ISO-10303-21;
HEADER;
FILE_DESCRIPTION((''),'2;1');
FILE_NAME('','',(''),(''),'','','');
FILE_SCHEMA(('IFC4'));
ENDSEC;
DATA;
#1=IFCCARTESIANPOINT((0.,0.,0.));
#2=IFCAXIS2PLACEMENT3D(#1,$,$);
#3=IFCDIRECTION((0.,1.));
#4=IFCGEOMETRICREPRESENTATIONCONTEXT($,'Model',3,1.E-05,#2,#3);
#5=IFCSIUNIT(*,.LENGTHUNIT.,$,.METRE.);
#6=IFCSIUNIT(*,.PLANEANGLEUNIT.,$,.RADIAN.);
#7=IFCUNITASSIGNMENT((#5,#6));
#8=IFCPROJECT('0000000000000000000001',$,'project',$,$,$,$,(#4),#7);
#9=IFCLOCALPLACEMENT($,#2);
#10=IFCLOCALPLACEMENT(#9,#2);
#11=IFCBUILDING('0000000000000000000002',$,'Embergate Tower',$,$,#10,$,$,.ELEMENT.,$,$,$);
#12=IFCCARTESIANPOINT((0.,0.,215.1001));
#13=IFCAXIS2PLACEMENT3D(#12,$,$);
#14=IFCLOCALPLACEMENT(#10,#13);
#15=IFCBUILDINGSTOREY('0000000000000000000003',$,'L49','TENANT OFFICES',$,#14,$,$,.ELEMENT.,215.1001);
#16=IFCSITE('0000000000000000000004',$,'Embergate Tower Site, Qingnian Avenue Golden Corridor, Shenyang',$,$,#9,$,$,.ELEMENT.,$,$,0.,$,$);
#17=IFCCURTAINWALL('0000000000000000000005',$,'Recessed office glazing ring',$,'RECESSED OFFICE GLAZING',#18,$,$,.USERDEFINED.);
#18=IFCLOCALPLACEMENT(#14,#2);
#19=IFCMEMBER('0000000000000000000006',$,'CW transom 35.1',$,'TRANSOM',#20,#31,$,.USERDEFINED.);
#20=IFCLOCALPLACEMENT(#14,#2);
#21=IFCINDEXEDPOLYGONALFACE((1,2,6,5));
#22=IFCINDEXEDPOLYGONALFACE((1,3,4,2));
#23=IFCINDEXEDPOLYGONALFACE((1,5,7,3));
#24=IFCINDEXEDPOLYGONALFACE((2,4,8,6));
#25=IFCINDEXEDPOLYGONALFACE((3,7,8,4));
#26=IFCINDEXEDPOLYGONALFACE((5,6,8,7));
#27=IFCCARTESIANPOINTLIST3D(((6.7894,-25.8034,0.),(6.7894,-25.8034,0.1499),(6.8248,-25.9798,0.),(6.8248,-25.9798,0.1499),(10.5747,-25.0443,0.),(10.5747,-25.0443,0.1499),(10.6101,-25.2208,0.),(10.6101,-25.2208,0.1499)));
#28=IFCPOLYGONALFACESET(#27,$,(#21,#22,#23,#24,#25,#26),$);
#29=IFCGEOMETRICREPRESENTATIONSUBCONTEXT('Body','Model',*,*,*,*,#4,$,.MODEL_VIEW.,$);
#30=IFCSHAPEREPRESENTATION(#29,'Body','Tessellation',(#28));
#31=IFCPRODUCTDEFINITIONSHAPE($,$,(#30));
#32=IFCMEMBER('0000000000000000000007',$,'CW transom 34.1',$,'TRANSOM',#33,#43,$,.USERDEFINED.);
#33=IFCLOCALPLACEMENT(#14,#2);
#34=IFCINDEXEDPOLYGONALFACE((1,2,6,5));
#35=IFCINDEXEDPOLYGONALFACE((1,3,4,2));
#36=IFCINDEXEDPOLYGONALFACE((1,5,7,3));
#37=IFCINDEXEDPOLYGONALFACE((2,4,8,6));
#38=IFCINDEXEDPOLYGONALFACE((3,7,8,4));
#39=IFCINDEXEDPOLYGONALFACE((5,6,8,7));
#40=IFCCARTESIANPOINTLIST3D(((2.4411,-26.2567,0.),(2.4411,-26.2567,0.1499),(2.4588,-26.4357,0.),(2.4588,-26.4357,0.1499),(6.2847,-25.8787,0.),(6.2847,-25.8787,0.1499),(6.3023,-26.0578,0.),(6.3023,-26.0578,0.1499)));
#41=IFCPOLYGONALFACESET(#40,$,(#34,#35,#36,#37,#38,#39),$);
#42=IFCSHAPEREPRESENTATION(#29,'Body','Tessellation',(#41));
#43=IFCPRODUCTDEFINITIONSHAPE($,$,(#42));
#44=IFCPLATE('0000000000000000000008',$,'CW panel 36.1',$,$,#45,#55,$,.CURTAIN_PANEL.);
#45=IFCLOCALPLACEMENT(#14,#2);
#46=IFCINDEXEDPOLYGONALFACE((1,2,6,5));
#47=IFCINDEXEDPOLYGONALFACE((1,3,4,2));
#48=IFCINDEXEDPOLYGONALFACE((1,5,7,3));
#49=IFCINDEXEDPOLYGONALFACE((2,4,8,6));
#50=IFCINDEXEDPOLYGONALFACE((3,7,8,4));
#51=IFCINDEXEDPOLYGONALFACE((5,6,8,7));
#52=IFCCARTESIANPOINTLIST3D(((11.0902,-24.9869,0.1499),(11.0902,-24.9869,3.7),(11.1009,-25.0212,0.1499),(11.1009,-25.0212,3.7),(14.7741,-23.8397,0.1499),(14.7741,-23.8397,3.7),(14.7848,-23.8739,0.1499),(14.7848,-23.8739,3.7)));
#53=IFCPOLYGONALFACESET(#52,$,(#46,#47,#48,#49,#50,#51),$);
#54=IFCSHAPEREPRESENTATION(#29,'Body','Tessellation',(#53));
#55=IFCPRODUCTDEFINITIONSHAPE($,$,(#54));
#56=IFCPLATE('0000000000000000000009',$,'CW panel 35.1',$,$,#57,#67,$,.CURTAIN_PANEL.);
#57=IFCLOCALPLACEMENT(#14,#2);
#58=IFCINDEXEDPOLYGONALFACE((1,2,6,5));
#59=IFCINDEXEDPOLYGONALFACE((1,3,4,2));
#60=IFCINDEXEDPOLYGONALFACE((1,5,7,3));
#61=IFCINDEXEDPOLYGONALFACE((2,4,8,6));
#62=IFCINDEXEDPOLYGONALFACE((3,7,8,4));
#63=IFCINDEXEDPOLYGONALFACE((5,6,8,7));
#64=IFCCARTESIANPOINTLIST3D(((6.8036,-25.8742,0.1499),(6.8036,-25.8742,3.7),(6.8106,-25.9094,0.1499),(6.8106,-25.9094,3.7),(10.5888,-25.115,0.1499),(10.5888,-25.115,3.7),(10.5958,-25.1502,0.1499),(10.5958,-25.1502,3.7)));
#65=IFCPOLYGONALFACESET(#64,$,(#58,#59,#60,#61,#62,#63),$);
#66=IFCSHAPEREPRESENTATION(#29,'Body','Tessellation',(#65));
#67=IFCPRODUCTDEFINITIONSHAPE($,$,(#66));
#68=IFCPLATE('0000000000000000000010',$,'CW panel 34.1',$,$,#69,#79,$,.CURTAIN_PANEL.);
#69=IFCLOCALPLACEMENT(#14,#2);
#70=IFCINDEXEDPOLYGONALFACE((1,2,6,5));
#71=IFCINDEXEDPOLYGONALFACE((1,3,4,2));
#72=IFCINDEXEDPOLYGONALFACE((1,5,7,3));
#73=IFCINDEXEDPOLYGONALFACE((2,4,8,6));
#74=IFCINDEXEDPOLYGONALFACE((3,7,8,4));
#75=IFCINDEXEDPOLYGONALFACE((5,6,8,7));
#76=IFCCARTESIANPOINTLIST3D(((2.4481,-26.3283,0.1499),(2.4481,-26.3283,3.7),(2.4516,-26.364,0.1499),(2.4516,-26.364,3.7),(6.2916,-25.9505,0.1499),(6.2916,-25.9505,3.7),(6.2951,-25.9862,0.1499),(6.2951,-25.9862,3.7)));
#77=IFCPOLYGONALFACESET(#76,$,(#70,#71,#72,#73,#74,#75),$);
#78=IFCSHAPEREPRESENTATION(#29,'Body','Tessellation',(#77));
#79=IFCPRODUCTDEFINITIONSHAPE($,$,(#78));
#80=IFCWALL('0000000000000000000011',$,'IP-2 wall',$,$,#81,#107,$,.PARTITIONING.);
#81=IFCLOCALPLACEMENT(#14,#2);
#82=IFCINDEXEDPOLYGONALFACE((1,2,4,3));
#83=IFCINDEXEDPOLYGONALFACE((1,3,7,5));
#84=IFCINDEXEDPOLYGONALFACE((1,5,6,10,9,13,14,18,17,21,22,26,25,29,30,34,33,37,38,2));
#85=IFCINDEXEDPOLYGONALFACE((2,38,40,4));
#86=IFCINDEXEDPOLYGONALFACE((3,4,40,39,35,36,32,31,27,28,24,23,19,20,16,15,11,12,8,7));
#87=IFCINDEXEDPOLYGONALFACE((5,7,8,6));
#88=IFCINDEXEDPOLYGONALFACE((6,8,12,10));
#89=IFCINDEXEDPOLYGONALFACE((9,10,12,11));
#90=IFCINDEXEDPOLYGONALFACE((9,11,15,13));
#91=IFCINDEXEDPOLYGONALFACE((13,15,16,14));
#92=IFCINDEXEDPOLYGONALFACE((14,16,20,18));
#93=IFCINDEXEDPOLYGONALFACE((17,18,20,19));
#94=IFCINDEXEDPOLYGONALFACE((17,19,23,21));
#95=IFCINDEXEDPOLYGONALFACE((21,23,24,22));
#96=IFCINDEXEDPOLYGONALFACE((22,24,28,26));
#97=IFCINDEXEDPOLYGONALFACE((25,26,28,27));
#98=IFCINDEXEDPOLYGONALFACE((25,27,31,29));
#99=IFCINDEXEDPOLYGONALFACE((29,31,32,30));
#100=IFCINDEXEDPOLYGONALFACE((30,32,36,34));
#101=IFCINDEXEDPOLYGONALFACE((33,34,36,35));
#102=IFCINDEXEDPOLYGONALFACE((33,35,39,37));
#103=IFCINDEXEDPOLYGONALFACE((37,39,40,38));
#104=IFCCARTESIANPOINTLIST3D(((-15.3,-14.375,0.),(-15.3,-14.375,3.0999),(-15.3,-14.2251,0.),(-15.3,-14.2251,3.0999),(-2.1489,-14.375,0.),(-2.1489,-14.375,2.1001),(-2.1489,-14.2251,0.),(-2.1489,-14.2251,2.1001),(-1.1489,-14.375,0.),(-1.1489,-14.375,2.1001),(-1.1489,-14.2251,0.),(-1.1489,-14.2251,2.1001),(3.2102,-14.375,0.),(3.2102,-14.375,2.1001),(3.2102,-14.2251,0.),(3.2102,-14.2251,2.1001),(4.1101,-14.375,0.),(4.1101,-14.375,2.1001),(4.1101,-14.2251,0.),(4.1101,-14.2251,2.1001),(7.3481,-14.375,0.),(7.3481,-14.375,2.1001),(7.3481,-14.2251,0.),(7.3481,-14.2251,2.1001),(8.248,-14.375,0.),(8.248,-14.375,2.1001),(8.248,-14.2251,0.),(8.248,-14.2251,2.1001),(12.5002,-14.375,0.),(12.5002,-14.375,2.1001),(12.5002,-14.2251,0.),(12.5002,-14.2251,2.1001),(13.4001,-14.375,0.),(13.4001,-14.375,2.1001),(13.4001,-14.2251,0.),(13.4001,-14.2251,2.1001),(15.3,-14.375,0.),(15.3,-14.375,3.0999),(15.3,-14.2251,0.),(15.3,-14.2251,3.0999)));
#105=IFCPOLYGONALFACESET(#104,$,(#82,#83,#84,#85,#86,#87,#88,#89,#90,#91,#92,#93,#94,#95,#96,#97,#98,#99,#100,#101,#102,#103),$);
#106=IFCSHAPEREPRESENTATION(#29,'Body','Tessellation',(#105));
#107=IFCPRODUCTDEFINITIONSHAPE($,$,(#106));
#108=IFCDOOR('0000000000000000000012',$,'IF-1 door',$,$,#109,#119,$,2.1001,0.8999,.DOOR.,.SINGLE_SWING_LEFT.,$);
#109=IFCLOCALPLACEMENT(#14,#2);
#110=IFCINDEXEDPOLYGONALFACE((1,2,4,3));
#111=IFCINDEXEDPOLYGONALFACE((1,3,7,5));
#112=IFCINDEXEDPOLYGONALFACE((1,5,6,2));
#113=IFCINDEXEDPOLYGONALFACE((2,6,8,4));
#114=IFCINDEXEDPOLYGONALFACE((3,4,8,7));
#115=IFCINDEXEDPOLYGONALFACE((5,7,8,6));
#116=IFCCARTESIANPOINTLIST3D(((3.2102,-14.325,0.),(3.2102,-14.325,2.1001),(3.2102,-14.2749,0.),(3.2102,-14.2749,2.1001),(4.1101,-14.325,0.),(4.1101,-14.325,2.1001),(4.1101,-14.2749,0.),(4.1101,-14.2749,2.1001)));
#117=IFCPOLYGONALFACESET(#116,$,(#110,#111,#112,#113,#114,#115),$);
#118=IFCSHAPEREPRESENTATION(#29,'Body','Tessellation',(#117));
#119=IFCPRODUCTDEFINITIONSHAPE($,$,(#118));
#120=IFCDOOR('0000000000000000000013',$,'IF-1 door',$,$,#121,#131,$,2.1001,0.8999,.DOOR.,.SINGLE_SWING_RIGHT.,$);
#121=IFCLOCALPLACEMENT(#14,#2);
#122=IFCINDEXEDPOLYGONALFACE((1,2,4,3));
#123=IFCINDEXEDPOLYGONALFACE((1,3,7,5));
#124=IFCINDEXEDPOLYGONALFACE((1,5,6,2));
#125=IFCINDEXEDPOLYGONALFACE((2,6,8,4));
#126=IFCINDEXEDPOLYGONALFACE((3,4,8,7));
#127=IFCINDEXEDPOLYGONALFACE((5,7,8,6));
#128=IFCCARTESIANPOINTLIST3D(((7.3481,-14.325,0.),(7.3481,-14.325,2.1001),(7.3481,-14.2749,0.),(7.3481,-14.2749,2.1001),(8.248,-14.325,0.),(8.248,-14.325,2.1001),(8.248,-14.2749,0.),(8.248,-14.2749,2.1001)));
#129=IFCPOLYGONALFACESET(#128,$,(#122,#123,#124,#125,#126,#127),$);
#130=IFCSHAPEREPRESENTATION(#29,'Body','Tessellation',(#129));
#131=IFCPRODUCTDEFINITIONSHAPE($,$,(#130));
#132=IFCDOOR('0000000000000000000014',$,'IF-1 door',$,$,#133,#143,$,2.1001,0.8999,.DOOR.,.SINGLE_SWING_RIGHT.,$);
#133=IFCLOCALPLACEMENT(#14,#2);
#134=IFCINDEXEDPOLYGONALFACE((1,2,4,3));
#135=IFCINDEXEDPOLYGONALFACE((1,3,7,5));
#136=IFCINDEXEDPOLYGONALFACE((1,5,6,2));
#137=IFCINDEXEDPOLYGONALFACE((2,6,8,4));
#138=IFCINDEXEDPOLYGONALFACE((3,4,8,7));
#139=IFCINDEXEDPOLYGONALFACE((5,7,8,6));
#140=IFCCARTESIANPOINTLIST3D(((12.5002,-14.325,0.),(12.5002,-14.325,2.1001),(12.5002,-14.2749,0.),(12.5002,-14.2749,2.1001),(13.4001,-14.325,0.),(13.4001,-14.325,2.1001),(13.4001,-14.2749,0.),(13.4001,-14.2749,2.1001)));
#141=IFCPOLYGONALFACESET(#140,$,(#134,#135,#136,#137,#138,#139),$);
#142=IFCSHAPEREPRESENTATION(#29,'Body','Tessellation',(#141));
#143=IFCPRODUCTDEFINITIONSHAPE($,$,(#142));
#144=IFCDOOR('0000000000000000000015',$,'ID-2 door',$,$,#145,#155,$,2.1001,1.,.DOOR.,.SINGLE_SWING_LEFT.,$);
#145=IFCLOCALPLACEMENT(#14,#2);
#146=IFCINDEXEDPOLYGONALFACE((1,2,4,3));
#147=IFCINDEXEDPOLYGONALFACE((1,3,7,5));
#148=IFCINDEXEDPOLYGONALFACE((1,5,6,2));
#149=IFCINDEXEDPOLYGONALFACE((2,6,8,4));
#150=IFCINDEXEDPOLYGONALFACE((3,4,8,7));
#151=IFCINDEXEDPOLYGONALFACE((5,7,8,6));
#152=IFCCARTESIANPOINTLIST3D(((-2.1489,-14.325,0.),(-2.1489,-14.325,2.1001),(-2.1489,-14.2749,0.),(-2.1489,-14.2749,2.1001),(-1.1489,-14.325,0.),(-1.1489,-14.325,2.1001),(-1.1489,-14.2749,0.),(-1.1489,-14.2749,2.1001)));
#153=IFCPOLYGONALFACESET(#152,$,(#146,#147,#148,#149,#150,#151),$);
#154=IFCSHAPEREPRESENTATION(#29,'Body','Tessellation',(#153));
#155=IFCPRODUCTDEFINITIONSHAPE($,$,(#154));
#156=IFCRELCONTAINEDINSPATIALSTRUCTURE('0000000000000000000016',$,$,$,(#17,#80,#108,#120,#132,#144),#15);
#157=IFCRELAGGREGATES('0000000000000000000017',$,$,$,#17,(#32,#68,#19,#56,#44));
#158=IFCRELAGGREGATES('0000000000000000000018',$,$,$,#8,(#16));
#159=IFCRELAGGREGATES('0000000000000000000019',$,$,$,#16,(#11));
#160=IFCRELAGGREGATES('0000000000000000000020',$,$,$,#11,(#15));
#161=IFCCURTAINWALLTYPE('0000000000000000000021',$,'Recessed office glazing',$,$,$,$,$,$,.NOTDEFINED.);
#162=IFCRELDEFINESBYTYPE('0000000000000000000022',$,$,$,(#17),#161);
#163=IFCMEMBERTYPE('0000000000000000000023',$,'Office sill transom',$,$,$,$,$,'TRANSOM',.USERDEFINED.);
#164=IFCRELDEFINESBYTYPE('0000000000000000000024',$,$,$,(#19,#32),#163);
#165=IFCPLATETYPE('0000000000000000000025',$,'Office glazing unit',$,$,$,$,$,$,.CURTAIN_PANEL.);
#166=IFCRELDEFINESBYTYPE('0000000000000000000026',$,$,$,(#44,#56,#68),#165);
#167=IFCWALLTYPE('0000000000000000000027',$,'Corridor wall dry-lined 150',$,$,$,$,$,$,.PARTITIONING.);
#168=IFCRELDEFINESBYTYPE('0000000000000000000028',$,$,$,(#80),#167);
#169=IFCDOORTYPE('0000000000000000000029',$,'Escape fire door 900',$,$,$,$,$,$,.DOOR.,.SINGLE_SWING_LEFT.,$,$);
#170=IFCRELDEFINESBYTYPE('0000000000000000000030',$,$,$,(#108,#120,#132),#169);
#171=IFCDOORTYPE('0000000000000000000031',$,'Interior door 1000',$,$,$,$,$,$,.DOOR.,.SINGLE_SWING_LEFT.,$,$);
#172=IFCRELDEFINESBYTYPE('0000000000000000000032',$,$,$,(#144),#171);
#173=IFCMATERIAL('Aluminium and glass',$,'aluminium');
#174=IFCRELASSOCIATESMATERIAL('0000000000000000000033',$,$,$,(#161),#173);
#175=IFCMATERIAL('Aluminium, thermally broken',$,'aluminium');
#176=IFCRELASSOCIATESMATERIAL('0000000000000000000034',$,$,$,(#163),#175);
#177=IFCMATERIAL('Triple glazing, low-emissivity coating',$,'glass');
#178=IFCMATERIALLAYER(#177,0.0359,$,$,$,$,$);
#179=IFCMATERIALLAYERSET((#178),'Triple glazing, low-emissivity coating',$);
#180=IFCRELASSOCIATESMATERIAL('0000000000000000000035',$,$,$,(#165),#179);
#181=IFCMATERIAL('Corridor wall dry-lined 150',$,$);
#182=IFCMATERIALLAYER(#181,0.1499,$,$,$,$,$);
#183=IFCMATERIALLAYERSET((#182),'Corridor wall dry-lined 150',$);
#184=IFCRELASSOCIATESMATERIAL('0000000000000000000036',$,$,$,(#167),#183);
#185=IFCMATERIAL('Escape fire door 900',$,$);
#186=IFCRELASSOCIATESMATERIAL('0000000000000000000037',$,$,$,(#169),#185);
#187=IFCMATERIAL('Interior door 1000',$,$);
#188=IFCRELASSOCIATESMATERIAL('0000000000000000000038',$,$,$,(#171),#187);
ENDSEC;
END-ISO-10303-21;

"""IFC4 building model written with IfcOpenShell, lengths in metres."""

from ifc_helpers import new_model, si_unit, direction, frame, frame_2d, origin, origin_2d, place, context, subcontext, project, spatial, rectangle, extrude, source, transform, mapped, material, layer, layer_set, material_profile, profile_set, type_object, element, fill, aggregate, save


model = new_model("IFC4")

# Units and contexts
model_context = context("Model", 3, precision=1e-05, world=origin(), true_north=direction((0.0, 1.0)))
body_context = subcontext(model_context, "Body", "Model", "MODEL_VIEW")
ifc_project = project(units=[si_unit("LENGTHUNIT", "METRE"), si_unit("PLANEANGLEUNIT", "RADIAN")], contexts=[model_context])

# Site, building, storey
site_placement = place(None, origin())
site = spatial("IfcSite", under=ifc_project, at=site_placement, Name="Embergate Tower Site, Qingnian Avenue Golden Corridor, Shenyang", CompositionType="ELEMENT", RefElevation=0.0)
building_placement = place(site_placement, origin())
building = spatial("IfcBuilding", under=site, at=building_placement, Name="Embergate Tower", CompositionType="ELEMENT")
storey_placement = place(building_placement, frame((0.0, 0.0, 215.1001)))
storey = spatial("IfcBuildingStorey", under=building, at=storey_placement, Name="L49", Description="TENANT OFFICES", CompositionType="ELEMENT", Elevation=215.1001)

# Curtain wall, members, plates
ifc_material_1 = material(Name="Aluminium and glass", Category="aluminium")
curtain_wall_type = type_object("IfcCurtainWallType", Name="Recessed office glazing", PredefinedType="NOTDEFINED", material=ifc_material_1)
curtain_wall_placement = place(storey_placement, origin())
curtain_wall = element("IfcCurtainWall", 1, at=curtain_wall_placement, inside=storey, type_object=curtain_wall_type, Name="Recessed office glazing ring", ObjectType="RECESSED OFFICE GLAZING", PredefinedType="USERDEFINED")
ifc_material_2 = material(Name="Aluminium, thermally broken", Category="aluminium")
ifc_material_profile_1 = material_profile(ifc_material_2, rectangle(XDim=0.1799, YDim=0.1499, at=origin_2d()), Name="AL 150x180")
ifc_profile_set_1 = profile_set([ifc_material_profile_1], Name="Aluminium, thermally broken")
member_type_1 = type_object("IfcMemberType", Name="Office sill transom", ElementType="TRANSOM", PredefinedType="USERDEFINED", material=ifc_profile_set_1)
shared_shape_1 = source(origin(), body_context, "Body", "SweptSolid", [
    extrude(rectangle(XDim=0.1799, YDim=0.1499, at=origin_2d()), origin(), (0.0, 0.0, 1.0), 3.8606),
])
member_1_placement = place(storey_placement, frame((6.8071, -25.8916, 0.075), z_axis=(0.980481, 0.196615, 0.0), x_axis=(-0.196615, 0.980481, 0.0)))
member_1 = element("IfcMember", 2, at=member_1_placement, type_object=member_type_1, Name="CW transom 35.1", ObjectType="TRANSOM", PredefinedType="USERDEFINED", context=body_context, shape_type="MappedRepresentation", body=[
    mapped(shared_shape_1, transform((0.0, 0.0, 0.0))),
])
shared_shape_2 = source(origin(), body_context, "Body", "SweptSolid", [
    extrude(rectangle(XDim=0.1799, YDim=0.1499, at=origin_2d()), origin(), (0.0, 0.0, 1.0), 3.8621),
])
member_2_placement = place(storey_placement, frame((2.45, -26.3462, 0.075), z_axis=(0.9952, 0.097857, 0.0), x_axis=(-0.097857, 0.9952, 0.0)))
member_2 = element("IfcMember", 3, at=member_2_placement, type_object=member_type_1, Name="CW transom 34.1", ObjectType="TRANSOM", PredefinedType="USERDEFINED", context=body_context, shape_type="MappedRepresentation", body=[
    mapped(shared_shape_2, transform((0.0, 0.0, 0.0))),
])
ifc_material_3 = material(Name="Triple glazing, low-emissivity coating", Category="glass")
ifc_layer_1 = layer(ifc_material_3, 0.0359)
ifc_layer_set_1 = layer_set([ifc_layer_1], Name="Triple glazing, low-emissivity coating")
plate_type = type_object("IfcPlateType", Name="Office glazing unit", PredefinedType="CURTAIN_PANEL", material=ifc_layer_set_1)
shared_shape_3 = source(origin(), body_context, "Body", "SweptSolid", [
    extrude(rectangle(XDim=3.8584, YDim=0.0359, at=origin_2d()), origin(), (0.0, 0.0, 1.0), 3.55),
])
plate_1_placement = place(storey_placement, frame((12.9375, -24.4304, 0.1499), z_axis=(0.0, 0.0, 1.0), x_axis=(0.954771, 0.297343, 0.0)))
plate_1 = element("IfcPlate", 4, at=plate_1_placement, type_object=plate_type, Name="CW panel 36.1", PredefinedType="CURTAIN_PANEL", context=body_context, shape_type="MappedRepresentation", body=[
    mapped(shared_shape_3, transform((0.0, 0.0, 0.0))),
])
shared_shape_4 = source(origin(), body_context, "Body", "SweptSolid", [
    extrude(rectangle(XDim=3.8606, YDim=0.0359, at=origin_2d()), origin(), (0.0, 0.0, 1.0), 3.55),
])
plate_2_placement = place(storey_placement, frame((8.6997, -25.5122, 0.1499), z_axis=(0.0, 0.0, 1.0), x_axis=(0.980475, 0.196643, 0.0)))
plate_2 = element("IfcPlate", 5, at=plate_2_placement, type_object=plate_type, Name="CW panel 35.1", PredefinedType="CURTAIN_PANEL", context=body_context, shape_type="MappedRepresentation", body=[
    mapped(shared_shape_4, transform((0.0, 0.0, 0.0))),
])
shared_shape_5 = source(origin(), body_context, "Body", "SweptSolid", [
    extrude(rectangle(XDim=3.8621, YDim=0.0359, at=origin_2d()), origin(), (0.0, 0.0, 1.0), 3.55),
])
plate_3_placement = place(storey_placement, frame((4.3716, -26.1572, 0.1499), z_axis=(0.0, 0.0, 1.0), x_axis=(0.995203, 0.097831, 0.0)))
plate_3 = element("IfcPlate", 6, at=plate_3_placement, type_object=plate_type, Name="CW panel 34.1", PredefinedType="CURTAIN_PANEL", context=body_context, shape_type="MappedRepresentation", body=[
    mapped(shared_shape_5, transform((0.0, 0.0, 0.0))),
])
aggregate(curtain_wall, [member_2, plate_3, member_1, plate_2, plate_1])

# Wall, openings, doors
ifc_material_4 = material(Name="Corridor wall dry-lined 150")
ifc_layer_2 = layer(ifc_material_4, 0.1499)
ifc_layer_set_2 = layer_set([ifc_layer_2], Name="Corridor wall dry-lined 150")
wall_type_1 = type_object("IfcWallType", Name="Corridor wall dry-lined 150", PredefinedType="PARTITIONING", material=ifc_layer_set_2)
shared_shape_6 = source(origin(), body_context, "Body", "SweptSolid", [
    extrude(rectangle(XDim=30.6001, YDim=0.1499, at=frame_2d((15.3, 0.0))), origin(), (0.0, 0.0, 1.0), 3.0999),
])
wall_1_placement = place(storey_placement, frame((15.3, -14.3, 0.0), z_axis=(0.0, 0.0, 1.0), x_axis=(-1.0, 0.0, 0.0)))
wall_1 = element("IfcWall", 7, at=wall_1_placement, inside=storey, type_object=wall_type_1, Name="IP-2 wall", PredefinedType="PARTITIONING", context=body_context, shape_type="MappedRepresentation", body=[
    mapped(shared_shape_6, transform((0.0, 0.0, 0.0))),
])
shared_shape_7 = source(origin(), body_context, "Body", "SweptSolid", [
    extrude(rectangle(XDim=1.0, YDim=2.1001, at=frame_2d((0.5, 1.05))), frame((0.0, 0.085, 0.0), z_axis=(0.0, -1.0, 0.0), x_axis=(1.0, 0.0, 0.0)), (0.0, 0.0, 1.0), 0.1699),
])
opening_1_placement = place(wall_1_placement, frame((16.449, 0.0, 0.0)))
opening_1 = element("IfcOpeningElement", 8, at=opening_1_placement, cuts=wall_1, PredefinedType="OPENING", context=body_context, shape_type="MappedRepresentation", body=[
    mapped(shared_shape_7, transform((0.0, 0.0, 0.0))),
])
shared_shape_8 = source(origin(), body_context, "Body", "SweptSolid", [
    extrude(rectangle(XDim=0.8999, YDim=2.1001, at=frame_2d((0.45, 1.05))), frame((0.0, 0.085, 0.0), z_axis=(0.0, -1.0, 0.0), x_axis=(1.0, 0.0, 0.0)), (0.0, 0.0, 1.0), 0.1699),
])
opening_2_placement = place(wall_1_placement, frame((11.1899, 0.0, 0.0)))
opening_2 = element("IfcOpeningElement", 9, at=opening_2_placement, cuts=wall_1, PredefinedType="OPENING", context=body_context, shape_type="MappedRepresentation", body=[
    mapped(shared_shape_8, transform((0.0, 0.0, 0.0))),
])
opening_3_placement = place(wall_1_placement, frame((7.052, 0.0, 0.0)))
opening_3 = element("IfcOpeningElement", 10, at=opening_3_placement, cuts=wall_1, PredefinedType="OPENING", context=body_context, shape_type="MappedRepresentation", body=[
    mapped(shared_shape_8, transform((0.0, 0.0, 0.0))),
])
opening_4_placement = place(wall_1_placement, frame((1.8999, 0.0, 0.0)))
opening_4 = element("IfcOpeningElement", 11, at=opening_4_placement, cuts=wall_1, PredefinedType="OPENING", context=body_context, shape_type="MappedRepresentation", body=[
    mapped(shared_shape_8, transform((0.0, 0.0, 0.0))),
])
ifc_material_5 = material(Name="Escape fire door 900")
door_type_1 = type_object("IfcDoorType", Name="Escape fire door 900", OperationType="SINGLE_SWING_LEFT", PredefinedType="DOOR", material=ifc_material_5)
shared_shape_9 = source(origin(), body_context, "Body", "SweptSolid", [
    extrude(rectangle(XDim=0.8999, YDim=2.1001, at=frame_2d((0.45, 1.05))), frame((0.0, 0.0249, 0.0), z_axis=(0.0, -1.0, 0.0), x_axis=(1.0, 0.0, 0.0)), (0.0, 0.0, 1.0), 0.05),
])
door_1_placement = place(opening_2_placement, origin())
door_1 = element("IfcDoor", 12, at=door_1_placement, inside=storey, type_object=door_type_1, Name="IF-1 door", OperationType="SINGLE_SWING_LEFT", OverallHeight=2.1001, OverallWidth=0.8999, PredefinedType="DOOR", context=body_context, shape_type="MappedRepresentation", body=[
    mapped(shared_shape_9, transform((0.0, 0.0, 0.0))),
])
fill(opening_2, door_1)
door_2_placement = place(opening_3_placement, origin())
door_2 = element("IfcDoor", 13, at=door_2_placement, inside=storey, type_object=door_type_1, Name="IF-1 door", OperationType="SINGLE_SWING_RIGHT", OverallHeight=2.1001, OverallWidth=0.8999, PredefinedType="DOOR", context=body_context, shape_type="MappedRepresentation", body=[
    mapped(shared_shape_9, transform((0.0, 0.0, 0.0))),
])
fill(opening_3, door_2)
door_3_placement = place(opening_4_placement, origin())
door_3 = element("IfcDoor", 14, at=door_3_placement, inside=storey, type_object=door_type_1, Name="IF-1 door", OperationType="SINGLE_SWING_RIGHT", OverallHeight=2.1001, OverallWidth=0.8999, PredefinedType="DOOR", context=body_context, shape_type="MappedRepresentation", body=[
    mapped(shared_shape_9, transform((0.0, 0.0, 0.0))),
])
fill(opening_4, door_3)
ifc_material_6 = material(Name="Interior door 1000")
door_type_2 = type_object("IfcDoorType", Name="Interior door 1000", OperationType="SINGLE_SWING_LEFT", PredefinedType="DOOR", material=ifc_material_6)
shared_shape_10 = source(origin(), body_context, "Body", "SweptSolid", [
    extrude(rectangle(XDim=1.0, YDim=2.1001, at=frame_2d((0.5, 1.05))), frame((0.0, 0.0249, 0.0), z_axis=(0.0, -1.0, 0.0), x_axis=(1.0, 0.0, 0.0)), (0.0, 0.0, 1.0), 0.05),
])
door_4_placement = place(opening_1_placement, origin())
door_4 = element("IfcDoor", 15, at=door_4_placement, inside=storey, type_object=door_type_2, Name="ID-2 door", OperationType="SINGLE_SWING_LEFT", OverallHeight=2.1001, OverallWidth=1.0, PredefinedType="DOOR", context=body_context, shape_type="MappedRepresentation", body=[
    mapped(shared_shape_10, transform((0.0, 0.0, 0.0))),
])
fill(opening_1, door_4)

save(model, "model.ifc")
